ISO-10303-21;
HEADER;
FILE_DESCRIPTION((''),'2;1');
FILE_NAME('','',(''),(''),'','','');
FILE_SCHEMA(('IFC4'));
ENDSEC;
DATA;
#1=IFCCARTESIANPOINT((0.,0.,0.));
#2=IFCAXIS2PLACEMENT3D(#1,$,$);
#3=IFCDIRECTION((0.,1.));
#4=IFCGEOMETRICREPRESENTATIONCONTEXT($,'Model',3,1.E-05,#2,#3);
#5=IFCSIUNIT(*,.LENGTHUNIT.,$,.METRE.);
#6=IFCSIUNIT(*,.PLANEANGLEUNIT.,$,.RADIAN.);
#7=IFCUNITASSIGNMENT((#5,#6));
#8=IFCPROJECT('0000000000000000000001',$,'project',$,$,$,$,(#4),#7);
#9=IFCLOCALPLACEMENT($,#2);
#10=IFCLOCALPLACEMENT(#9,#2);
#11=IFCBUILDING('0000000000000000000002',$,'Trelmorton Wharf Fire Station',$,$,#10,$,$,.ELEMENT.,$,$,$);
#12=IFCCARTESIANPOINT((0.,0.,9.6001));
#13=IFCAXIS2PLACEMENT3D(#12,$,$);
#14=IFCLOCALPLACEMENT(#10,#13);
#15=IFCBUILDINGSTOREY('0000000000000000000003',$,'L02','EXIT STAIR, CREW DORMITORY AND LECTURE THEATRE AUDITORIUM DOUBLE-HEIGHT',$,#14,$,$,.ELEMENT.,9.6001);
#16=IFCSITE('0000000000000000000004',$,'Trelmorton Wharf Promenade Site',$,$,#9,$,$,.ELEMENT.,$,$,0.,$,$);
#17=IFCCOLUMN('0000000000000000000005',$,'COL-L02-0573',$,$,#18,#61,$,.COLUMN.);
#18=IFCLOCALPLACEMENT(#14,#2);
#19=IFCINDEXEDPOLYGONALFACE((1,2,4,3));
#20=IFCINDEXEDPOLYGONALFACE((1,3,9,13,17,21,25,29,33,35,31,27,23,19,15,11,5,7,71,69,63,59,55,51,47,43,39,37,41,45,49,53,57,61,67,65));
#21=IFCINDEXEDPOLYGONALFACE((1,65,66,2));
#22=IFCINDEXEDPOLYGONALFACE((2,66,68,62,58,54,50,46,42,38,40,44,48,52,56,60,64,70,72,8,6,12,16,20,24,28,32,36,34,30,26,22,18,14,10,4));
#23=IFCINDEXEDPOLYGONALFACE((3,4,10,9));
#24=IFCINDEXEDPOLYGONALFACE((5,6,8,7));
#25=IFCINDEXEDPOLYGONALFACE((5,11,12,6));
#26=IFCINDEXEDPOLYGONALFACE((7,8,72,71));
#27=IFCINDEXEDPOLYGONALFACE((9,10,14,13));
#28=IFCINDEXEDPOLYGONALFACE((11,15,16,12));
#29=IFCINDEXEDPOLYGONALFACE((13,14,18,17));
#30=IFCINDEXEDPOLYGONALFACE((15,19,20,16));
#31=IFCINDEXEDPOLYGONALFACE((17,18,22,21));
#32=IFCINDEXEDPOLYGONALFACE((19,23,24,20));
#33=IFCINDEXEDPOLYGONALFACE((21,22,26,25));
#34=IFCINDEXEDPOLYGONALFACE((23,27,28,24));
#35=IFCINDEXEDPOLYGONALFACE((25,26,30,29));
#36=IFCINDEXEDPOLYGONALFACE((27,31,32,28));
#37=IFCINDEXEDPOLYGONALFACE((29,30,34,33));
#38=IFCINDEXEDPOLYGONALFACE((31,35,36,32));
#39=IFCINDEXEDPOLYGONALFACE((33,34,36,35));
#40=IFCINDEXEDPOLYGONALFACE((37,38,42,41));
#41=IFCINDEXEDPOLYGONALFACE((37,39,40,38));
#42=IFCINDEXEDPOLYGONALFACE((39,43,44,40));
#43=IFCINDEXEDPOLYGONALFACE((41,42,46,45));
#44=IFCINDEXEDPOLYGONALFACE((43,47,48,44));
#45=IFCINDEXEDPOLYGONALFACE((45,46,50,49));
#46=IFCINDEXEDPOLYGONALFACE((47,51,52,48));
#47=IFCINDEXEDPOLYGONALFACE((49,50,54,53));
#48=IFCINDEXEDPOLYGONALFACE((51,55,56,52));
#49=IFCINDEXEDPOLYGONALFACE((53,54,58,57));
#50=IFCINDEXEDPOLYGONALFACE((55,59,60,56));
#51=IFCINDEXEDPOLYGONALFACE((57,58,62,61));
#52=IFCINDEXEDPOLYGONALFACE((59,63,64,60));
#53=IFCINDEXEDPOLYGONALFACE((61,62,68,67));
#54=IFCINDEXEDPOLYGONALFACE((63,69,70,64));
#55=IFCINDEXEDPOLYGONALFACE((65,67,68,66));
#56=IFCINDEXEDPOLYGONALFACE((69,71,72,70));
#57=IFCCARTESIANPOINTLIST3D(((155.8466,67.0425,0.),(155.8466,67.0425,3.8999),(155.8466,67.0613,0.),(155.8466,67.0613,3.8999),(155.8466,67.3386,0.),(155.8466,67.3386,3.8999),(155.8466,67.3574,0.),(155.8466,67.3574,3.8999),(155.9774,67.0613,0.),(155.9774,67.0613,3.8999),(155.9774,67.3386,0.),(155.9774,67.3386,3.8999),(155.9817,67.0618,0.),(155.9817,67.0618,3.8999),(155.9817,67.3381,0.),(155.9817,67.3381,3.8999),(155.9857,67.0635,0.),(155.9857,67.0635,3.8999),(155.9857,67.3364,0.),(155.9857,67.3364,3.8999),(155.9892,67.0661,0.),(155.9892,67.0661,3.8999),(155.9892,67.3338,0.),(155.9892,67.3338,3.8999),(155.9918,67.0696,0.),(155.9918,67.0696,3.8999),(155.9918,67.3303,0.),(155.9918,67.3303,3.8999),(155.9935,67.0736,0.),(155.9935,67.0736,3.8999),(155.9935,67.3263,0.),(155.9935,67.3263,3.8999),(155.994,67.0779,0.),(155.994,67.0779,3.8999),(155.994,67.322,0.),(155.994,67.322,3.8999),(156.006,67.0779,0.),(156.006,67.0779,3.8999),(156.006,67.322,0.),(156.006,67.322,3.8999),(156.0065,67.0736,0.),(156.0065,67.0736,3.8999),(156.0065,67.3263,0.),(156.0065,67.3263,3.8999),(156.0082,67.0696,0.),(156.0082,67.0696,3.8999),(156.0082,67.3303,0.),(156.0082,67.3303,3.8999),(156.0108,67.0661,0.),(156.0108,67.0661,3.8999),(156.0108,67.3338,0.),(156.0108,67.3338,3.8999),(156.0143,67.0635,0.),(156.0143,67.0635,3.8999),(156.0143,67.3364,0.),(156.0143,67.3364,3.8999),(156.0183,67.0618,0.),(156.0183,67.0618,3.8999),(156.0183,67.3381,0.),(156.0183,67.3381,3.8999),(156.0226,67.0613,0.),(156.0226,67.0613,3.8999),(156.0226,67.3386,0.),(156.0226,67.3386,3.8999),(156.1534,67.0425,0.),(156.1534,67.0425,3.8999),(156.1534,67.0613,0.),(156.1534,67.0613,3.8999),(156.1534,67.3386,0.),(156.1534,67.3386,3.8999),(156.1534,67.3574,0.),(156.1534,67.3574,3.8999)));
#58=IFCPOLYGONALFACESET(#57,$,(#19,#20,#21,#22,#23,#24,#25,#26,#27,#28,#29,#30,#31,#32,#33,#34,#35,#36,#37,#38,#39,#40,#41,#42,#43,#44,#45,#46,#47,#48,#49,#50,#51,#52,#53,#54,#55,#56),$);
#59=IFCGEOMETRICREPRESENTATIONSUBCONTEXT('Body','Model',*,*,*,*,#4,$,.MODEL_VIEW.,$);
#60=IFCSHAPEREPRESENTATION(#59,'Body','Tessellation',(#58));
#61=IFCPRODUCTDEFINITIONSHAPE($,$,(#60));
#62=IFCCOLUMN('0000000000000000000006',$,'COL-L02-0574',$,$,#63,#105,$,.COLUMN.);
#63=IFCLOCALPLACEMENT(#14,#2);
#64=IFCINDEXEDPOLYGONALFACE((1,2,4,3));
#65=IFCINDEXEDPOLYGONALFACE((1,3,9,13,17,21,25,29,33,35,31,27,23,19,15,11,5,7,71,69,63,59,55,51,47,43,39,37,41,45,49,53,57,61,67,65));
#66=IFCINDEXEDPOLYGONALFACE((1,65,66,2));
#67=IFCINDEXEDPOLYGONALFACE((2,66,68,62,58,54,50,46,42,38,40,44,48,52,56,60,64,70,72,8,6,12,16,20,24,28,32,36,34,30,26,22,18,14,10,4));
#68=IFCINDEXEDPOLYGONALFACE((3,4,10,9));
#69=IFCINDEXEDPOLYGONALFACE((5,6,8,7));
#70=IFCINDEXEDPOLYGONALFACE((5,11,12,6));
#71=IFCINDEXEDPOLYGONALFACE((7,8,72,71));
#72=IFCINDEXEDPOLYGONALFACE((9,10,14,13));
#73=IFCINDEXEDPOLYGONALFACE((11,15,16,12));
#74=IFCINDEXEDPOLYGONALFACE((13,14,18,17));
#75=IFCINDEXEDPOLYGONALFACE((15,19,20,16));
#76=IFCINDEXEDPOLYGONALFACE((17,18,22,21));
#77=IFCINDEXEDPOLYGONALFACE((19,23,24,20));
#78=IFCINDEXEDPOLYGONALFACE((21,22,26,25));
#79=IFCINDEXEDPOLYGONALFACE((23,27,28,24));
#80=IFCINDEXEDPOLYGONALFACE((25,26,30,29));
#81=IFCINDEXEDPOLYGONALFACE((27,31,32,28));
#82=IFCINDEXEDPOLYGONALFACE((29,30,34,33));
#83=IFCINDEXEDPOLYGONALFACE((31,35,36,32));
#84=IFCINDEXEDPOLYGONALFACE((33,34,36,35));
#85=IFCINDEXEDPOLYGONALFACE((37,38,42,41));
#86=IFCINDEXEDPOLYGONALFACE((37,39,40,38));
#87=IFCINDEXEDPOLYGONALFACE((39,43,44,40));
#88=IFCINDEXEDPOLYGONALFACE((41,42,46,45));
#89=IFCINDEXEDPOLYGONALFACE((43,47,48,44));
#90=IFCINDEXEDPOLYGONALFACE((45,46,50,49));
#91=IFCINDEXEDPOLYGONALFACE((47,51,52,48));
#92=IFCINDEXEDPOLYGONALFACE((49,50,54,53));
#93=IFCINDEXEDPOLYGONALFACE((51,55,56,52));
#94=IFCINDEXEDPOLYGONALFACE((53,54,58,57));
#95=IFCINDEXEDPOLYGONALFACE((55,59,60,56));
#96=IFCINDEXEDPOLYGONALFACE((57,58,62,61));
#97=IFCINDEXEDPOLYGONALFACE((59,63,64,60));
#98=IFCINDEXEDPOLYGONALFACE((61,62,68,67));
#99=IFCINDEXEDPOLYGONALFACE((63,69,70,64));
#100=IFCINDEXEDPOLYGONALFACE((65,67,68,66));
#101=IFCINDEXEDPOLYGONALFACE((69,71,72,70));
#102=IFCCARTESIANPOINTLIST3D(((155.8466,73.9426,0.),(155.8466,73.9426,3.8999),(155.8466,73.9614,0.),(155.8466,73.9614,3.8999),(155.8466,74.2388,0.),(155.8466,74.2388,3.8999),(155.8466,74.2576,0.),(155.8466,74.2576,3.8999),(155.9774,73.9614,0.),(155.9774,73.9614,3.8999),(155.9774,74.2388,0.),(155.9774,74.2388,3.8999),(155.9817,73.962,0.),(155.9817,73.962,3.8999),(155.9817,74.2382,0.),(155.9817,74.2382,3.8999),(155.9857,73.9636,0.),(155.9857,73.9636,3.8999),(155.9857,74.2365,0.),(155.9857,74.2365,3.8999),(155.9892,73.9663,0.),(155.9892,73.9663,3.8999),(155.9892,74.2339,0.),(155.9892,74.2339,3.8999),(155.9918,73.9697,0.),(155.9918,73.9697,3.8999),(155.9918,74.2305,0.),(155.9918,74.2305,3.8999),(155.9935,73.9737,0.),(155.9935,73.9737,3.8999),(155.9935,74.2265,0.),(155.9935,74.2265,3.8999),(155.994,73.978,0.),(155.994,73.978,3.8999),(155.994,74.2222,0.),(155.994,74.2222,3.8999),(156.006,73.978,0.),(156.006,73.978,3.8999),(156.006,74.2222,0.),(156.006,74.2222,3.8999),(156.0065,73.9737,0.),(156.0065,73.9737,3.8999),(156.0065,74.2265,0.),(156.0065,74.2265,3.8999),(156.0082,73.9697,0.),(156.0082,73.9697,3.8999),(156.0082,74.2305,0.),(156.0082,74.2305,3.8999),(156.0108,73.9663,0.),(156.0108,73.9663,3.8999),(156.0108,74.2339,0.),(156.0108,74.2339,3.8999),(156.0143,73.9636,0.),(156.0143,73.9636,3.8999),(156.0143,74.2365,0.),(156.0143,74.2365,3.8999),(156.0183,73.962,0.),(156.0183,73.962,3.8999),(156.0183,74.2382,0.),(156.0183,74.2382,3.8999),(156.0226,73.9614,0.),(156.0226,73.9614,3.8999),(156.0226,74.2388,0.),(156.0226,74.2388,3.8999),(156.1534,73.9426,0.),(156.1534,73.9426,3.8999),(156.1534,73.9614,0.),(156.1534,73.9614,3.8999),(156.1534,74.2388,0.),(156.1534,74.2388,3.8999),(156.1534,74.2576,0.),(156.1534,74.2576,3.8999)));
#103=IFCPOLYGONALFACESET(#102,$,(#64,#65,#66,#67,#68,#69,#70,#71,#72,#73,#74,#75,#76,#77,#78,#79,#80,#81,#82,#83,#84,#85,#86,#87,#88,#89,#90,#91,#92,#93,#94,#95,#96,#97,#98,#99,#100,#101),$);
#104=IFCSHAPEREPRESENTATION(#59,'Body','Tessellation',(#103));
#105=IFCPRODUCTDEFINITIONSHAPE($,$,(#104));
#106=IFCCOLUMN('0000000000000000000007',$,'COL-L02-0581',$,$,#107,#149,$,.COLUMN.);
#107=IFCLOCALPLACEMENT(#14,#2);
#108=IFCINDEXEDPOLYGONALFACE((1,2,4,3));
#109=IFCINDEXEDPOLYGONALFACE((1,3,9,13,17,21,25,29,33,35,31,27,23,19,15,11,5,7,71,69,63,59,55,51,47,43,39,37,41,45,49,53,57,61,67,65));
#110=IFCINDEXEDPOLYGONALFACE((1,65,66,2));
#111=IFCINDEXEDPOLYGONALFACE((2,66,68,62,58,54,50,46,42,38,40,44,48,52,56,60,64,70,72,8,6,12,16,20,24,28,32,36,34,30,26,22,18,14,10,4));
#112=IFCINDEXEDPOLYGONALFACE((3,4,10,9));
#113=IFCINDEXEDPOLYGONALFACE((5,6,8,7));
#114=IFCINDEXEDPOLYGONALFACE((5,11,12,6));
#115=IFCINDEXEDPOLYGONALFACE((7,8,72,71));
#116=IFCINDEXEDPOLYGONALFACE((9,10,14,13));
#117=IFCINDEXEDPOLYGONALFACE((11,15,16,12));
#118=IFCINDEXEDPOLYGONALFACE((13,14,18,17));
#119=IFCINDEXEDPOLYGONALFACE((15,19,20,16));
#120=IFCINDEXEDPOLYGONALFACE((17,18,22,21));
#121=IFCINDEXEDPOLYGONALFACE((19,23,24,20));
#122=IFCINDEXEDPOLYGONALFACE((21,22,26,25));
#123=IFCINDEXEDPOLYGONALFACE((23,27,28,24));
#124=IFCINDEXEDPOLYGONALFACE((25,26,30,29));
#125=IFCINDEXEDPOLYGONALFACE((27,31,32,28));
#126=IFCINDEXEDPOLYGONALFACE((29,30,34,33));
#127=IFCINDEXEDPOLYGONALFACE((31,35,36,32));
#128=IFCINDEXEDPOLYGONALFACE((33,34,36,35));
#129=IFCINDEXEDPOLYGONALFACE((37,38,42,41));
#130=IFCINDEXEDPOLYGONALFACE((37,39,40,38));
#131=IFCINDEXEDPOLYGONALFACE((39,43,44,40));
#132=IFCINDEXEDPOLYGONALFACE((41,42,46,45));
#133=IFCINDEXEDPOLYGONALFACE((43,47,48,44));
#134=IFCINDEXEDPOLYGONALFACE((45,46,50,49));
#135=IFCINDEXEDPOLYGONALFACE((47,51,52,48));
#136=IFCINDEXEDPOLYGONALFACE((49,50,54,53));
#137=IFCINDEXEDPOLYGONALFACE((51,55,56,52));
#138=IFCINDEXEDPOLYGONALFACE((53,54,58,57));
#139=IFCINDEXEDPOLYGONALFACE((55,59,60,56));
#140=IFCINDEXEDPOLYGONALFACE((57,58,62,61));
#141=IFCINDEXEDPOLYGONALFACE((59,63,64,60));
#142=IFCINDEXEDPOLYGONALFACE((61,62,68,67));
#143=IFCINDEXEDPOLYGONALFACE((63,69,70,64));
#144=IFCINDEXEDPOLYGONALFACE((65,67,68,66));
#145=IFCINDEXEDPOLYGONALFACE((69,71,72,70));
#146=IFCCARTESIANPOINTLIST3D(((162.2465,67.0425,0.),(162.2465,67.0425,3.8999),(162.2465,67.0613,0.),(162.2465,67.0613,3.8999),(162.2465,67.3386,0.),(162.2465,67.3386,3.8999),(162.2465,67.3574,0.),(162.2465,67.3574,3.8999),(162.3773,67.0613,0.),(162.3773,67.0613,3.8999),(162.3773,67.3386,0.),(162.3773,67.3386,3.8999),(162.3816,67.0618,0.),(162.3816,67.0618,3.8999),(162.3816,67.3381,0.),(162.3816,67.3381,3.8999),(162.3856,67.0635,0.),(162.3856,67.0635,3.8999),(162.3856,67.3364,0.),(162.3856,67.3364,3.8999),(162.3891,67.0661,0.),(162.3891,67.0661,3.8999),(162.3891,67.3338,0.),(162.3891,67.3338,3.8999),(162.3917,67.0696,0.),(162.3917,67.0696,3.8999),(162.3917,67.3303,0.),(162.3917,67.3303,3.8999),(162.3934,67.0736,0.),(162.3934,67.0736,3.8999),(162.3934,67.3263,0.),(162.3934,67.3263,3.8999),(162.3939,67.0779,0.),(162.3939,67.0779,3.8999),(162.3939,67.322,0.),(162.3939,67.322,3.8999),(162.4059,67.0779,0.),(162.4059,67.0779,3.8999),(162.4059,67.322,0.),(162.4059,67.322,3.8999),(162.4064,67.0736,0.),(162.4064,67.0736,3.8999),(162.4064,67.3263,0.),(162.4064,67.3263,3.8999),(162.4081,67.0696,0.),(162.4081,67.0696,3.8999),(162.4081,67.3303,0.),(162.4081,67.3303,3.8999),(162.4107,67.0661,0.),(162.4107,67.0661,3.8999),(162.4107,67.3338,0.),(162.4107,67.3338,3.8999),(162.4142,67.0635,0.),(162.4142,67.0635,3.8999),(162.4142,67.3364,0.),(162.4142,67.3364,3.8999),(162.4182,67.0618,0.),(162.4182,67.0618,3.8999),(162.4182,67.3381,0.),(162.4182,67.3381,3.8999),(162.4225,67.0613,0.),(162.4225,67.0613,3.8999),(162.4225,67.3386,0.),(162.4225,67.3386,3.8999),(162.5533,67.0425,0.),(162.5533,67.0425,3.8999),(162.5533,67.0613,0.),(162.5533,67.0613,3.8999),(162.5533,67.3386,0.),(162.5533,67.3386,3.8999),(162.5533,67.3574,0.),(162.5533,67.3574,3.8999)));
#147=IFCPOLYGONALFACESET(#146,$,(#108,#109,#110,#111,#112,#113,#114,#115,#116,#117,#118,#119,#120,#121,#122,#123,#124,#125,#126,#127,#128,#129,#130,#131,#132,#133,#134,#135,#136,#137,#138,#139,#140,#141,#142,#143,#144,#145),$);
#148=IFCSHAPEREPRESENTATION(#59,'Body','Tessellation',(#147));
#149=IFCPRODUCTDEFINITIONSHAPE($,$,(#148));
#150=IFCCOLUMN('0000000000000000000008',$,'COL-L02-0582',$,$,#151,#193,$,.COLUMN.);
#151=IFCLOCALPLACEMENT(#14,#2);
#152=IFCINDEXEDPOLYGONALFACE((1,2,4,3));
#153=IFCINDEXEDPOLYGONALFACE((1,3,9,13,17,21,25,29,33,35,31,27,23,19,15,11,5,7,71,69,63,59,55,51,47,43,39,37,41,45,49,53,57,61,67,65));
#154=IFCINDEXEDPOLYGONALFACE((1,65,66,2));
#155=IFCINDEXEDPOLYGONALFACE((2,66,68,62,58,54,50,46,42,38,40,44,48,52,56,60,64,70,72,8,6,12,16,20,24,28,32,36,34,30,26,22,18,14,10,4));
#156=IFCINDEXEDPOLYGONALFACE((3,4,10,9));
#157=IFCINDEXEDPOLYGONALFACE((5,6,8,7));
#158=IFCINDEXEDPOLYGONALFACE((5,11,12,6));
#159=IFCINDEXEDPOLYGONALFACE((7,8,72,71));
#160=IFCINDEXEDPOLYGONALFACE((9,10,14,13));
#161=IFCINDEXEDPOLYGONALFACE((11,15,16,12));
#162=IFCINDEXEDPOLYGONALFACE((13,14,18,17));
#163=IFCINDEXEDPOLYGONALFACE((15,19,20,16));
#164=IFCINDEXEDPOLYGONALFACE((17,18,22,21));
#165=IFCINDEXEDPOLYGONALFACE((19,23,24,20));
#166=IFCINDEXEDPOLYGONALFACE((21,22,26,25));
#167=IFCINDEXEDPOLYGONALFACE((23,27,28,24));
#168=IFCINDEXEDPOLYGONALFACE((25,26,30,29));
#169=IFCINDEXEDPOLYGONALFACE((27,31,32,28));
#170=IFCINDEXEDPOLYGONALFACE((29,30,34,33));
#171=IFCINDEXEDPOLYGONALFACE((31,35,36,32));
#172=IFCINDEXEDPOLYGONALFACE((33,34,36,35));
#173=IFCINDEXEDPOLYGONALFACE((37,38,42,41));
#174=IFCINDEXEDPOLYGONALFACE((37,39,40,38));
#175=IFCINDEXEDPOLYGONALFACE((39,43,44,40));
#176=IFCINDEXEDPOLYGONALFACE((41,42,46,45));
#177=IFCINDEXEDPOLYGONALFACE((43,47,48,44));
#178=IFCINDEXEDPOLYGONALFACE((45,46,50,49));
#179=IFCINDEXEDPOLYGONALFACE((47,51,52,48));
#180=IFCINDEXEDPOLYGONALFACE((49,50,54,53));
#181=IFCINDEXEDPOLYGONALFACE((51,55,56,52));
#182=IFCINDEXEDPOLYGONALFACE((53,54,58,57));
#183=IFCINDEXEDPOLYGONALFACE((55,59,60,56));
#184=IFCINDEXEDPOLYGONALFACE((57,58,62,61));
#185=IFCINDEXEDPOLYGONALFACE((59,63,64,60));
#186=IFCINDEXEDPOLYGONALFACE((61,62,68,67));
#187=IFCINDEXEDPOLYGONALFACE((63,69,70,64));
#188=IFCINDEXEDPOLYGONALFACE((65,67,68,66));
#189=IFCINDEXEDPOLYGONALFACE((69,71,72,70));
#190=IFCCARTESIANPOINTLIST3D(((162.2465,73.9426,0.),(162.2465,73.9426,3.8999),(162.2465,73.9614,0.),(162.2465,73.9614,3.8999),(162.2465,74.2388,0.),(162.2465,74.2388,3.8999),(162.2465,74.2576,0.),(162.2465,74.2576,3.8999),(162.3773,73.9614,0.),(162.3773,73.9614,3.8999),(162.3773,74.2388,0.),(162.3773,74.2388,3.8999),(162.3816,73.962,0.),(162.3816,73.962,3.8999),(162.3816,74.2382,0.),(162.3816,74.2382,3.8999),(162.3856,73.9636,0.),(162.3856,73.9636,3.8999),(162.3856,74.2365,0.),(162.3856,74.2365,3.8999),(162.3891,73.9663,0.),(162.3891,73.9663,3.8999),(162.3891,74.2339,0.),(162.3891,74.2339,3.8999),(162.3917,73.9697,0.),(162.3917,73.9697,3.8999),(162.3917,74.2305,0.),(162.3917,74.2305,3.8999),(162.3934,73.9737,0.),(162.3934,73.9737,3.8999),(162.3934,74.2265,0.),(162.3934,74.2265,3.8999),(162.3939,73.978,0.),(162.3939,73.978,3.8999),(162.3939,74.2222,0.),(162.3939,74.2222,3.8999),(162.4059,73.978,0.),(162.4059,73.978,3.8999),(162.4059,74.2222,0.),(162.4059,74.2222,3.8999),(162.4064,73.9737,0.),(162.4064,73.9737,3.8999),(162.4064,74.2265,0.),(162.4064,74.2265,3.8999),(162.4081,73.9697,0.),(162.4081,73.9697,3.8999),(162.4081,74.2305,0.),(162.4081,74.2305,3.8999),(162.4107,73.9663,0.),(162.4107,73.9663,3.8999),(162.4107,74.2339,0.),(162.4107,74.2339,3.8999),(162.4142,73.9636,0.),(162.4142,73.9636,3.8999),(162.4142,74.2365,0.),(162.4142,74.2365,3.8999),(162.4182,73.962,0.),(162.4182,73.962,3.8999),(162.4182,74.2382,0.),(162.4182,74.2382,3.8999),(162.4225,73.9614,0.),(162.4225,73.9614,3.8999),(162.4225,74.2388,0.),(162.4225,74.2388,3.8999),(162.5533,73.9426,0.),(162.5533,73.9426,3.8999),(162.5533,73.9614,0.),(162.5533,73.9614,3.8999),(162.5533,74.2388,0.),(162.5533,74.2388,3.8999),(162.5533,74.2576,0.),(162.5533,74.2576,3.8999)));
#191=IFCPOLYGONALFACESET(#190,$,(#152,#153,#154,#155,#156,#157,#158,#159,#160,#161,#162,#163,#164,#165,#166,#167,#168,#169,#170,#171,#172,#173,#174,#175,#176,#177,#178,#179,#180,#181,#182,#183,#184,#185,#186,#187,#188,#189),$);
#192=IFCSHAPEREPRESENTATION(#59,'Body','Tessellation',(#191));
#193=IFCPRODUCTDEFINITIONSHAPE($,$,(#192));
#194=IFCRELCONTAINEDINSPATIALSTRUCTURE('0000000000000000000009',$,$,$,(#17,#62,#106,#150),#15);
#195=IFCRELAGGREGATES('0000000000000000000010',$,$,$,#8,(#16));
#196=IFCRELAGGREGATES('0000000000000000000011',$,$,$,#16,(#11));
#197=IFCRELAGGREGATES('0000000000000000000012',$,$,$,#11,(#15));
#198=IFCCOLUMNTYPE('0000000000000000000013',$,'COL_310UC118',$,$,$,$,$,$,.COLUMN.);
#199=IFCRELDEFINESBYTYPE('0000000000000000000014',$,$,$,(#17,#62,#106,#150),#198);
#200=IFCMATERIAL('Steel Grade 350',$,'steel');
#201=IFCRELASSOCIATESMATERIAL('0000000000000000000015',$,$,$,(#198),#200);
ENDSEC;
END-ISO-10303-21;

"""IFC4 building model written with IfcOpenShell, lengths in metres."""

from ifc_helpers import new_model, si_unit, direction, frame, origin, origin_2d, place, context, subcontext, project, spatial, i_section, extrude, material, material_profile, profile_set, type_object, element, save


model = new_model("IFC4")

# Units and contexts
model_context = context("Model", 3, precision=1e-05, world=origin(), true_north=direction((0.0, 1.0)))
body_context = subcontext(model_context, "Body", "Model", "MODEL_VIEW")
ifc_project = project(units=[si_unit("LENGTHUNIT", "METRE"), si_unit("PLANEANGLEUNIT", "RADIAN")], contexts=[model_context])

# Site, building, storey
site_placement = place(None, origin())
site = spatial("IfcSite", under=ifc_project, at=site_placement, Name="Trelmorton Wharf Promenade Site", CompositionType="ELEMENT", RefElevation=0.0)
building_placement = place(site_placement, origin())
building = spatial("IfcBuilding", under=site, at=building_placement, Name="Trelmorton Wharf Fire Station", CompositionType="ELEMENT")
storey_placement = place(building_placement, frame((0.0, 0.0, 9.6001)))
storey = spatial("IfcBuildingStorey", under=building, at=storey_placement, Name="L02", Description="EXIT STAIR, CREW DORMITORY AND LECTURE THEATRE AUDITORIUM DOUBLE-HEIGHT", CompositionType="ELEMENT", Elevation=9.6001)

# Columns
ifc_material_1 = material(Name="Steel Grade 350", Category="steel")
ifc_material_profile_1 = material_profile(ifc_material_1, i_section(OverallWidth=0.3069, OverallDepth=0.3149, WebThickness=0.012, FlangeThickness=0.0188, FilletRadius=0.0166, at=origin_2d()), Name="310UC118")
ifc_profile_set_1 = profile_set([ifc_material_profile_1], Name="Steel Grade 350")
column_type = type_object("IfcColumnType", Name="COL_310UC118", PredefinedType="COLUMN", material=ifc_profile_set_1)
for number, where, z_axis, x_axis, name in (
    (1, (156.0, 67.2, 0.0), (0.0, 0.0, 1.0), (1.0, 0.0, 0.0), "COL-L02-0573"),
    (2, (156.0, 74.1001, 0.0), (0.0, 0.0, 1.0), (1.0, 0.0, 0.0), "COL-L02-0574"),
    (3, (162.3999, 67.2, 0.0), (0.0, 0.0, 1.0), (1.0, 0.0, 0.0), "COL-L02-0581"),
    (4, (162.3999, 74.1001, 0.0), (0.0, 0.0, 1.0), (1.0, 0.0, 0.0), "COL-L02-0582"),
):
    element("IfcColumn", number, at=place(storey_placement, frame(where, z_axis=z_axis, x_axis=x_axis)), inside=storey, type_object=column_type, Name=name, PredefinedType="COLUMN", context=body_context, shape_type="SweptSolid", body=[
        extrude(i_section(OverallWidth=0.3069, OverallDepth=0.3149, WebThickness=0.012, FlangeThickness=0.0188, FilletRadius=0.0166, at=origin_2d()), origin(), (0.0, 0.0, 1.0), 3.8999),
    ])

save(model, "model.ifc")
